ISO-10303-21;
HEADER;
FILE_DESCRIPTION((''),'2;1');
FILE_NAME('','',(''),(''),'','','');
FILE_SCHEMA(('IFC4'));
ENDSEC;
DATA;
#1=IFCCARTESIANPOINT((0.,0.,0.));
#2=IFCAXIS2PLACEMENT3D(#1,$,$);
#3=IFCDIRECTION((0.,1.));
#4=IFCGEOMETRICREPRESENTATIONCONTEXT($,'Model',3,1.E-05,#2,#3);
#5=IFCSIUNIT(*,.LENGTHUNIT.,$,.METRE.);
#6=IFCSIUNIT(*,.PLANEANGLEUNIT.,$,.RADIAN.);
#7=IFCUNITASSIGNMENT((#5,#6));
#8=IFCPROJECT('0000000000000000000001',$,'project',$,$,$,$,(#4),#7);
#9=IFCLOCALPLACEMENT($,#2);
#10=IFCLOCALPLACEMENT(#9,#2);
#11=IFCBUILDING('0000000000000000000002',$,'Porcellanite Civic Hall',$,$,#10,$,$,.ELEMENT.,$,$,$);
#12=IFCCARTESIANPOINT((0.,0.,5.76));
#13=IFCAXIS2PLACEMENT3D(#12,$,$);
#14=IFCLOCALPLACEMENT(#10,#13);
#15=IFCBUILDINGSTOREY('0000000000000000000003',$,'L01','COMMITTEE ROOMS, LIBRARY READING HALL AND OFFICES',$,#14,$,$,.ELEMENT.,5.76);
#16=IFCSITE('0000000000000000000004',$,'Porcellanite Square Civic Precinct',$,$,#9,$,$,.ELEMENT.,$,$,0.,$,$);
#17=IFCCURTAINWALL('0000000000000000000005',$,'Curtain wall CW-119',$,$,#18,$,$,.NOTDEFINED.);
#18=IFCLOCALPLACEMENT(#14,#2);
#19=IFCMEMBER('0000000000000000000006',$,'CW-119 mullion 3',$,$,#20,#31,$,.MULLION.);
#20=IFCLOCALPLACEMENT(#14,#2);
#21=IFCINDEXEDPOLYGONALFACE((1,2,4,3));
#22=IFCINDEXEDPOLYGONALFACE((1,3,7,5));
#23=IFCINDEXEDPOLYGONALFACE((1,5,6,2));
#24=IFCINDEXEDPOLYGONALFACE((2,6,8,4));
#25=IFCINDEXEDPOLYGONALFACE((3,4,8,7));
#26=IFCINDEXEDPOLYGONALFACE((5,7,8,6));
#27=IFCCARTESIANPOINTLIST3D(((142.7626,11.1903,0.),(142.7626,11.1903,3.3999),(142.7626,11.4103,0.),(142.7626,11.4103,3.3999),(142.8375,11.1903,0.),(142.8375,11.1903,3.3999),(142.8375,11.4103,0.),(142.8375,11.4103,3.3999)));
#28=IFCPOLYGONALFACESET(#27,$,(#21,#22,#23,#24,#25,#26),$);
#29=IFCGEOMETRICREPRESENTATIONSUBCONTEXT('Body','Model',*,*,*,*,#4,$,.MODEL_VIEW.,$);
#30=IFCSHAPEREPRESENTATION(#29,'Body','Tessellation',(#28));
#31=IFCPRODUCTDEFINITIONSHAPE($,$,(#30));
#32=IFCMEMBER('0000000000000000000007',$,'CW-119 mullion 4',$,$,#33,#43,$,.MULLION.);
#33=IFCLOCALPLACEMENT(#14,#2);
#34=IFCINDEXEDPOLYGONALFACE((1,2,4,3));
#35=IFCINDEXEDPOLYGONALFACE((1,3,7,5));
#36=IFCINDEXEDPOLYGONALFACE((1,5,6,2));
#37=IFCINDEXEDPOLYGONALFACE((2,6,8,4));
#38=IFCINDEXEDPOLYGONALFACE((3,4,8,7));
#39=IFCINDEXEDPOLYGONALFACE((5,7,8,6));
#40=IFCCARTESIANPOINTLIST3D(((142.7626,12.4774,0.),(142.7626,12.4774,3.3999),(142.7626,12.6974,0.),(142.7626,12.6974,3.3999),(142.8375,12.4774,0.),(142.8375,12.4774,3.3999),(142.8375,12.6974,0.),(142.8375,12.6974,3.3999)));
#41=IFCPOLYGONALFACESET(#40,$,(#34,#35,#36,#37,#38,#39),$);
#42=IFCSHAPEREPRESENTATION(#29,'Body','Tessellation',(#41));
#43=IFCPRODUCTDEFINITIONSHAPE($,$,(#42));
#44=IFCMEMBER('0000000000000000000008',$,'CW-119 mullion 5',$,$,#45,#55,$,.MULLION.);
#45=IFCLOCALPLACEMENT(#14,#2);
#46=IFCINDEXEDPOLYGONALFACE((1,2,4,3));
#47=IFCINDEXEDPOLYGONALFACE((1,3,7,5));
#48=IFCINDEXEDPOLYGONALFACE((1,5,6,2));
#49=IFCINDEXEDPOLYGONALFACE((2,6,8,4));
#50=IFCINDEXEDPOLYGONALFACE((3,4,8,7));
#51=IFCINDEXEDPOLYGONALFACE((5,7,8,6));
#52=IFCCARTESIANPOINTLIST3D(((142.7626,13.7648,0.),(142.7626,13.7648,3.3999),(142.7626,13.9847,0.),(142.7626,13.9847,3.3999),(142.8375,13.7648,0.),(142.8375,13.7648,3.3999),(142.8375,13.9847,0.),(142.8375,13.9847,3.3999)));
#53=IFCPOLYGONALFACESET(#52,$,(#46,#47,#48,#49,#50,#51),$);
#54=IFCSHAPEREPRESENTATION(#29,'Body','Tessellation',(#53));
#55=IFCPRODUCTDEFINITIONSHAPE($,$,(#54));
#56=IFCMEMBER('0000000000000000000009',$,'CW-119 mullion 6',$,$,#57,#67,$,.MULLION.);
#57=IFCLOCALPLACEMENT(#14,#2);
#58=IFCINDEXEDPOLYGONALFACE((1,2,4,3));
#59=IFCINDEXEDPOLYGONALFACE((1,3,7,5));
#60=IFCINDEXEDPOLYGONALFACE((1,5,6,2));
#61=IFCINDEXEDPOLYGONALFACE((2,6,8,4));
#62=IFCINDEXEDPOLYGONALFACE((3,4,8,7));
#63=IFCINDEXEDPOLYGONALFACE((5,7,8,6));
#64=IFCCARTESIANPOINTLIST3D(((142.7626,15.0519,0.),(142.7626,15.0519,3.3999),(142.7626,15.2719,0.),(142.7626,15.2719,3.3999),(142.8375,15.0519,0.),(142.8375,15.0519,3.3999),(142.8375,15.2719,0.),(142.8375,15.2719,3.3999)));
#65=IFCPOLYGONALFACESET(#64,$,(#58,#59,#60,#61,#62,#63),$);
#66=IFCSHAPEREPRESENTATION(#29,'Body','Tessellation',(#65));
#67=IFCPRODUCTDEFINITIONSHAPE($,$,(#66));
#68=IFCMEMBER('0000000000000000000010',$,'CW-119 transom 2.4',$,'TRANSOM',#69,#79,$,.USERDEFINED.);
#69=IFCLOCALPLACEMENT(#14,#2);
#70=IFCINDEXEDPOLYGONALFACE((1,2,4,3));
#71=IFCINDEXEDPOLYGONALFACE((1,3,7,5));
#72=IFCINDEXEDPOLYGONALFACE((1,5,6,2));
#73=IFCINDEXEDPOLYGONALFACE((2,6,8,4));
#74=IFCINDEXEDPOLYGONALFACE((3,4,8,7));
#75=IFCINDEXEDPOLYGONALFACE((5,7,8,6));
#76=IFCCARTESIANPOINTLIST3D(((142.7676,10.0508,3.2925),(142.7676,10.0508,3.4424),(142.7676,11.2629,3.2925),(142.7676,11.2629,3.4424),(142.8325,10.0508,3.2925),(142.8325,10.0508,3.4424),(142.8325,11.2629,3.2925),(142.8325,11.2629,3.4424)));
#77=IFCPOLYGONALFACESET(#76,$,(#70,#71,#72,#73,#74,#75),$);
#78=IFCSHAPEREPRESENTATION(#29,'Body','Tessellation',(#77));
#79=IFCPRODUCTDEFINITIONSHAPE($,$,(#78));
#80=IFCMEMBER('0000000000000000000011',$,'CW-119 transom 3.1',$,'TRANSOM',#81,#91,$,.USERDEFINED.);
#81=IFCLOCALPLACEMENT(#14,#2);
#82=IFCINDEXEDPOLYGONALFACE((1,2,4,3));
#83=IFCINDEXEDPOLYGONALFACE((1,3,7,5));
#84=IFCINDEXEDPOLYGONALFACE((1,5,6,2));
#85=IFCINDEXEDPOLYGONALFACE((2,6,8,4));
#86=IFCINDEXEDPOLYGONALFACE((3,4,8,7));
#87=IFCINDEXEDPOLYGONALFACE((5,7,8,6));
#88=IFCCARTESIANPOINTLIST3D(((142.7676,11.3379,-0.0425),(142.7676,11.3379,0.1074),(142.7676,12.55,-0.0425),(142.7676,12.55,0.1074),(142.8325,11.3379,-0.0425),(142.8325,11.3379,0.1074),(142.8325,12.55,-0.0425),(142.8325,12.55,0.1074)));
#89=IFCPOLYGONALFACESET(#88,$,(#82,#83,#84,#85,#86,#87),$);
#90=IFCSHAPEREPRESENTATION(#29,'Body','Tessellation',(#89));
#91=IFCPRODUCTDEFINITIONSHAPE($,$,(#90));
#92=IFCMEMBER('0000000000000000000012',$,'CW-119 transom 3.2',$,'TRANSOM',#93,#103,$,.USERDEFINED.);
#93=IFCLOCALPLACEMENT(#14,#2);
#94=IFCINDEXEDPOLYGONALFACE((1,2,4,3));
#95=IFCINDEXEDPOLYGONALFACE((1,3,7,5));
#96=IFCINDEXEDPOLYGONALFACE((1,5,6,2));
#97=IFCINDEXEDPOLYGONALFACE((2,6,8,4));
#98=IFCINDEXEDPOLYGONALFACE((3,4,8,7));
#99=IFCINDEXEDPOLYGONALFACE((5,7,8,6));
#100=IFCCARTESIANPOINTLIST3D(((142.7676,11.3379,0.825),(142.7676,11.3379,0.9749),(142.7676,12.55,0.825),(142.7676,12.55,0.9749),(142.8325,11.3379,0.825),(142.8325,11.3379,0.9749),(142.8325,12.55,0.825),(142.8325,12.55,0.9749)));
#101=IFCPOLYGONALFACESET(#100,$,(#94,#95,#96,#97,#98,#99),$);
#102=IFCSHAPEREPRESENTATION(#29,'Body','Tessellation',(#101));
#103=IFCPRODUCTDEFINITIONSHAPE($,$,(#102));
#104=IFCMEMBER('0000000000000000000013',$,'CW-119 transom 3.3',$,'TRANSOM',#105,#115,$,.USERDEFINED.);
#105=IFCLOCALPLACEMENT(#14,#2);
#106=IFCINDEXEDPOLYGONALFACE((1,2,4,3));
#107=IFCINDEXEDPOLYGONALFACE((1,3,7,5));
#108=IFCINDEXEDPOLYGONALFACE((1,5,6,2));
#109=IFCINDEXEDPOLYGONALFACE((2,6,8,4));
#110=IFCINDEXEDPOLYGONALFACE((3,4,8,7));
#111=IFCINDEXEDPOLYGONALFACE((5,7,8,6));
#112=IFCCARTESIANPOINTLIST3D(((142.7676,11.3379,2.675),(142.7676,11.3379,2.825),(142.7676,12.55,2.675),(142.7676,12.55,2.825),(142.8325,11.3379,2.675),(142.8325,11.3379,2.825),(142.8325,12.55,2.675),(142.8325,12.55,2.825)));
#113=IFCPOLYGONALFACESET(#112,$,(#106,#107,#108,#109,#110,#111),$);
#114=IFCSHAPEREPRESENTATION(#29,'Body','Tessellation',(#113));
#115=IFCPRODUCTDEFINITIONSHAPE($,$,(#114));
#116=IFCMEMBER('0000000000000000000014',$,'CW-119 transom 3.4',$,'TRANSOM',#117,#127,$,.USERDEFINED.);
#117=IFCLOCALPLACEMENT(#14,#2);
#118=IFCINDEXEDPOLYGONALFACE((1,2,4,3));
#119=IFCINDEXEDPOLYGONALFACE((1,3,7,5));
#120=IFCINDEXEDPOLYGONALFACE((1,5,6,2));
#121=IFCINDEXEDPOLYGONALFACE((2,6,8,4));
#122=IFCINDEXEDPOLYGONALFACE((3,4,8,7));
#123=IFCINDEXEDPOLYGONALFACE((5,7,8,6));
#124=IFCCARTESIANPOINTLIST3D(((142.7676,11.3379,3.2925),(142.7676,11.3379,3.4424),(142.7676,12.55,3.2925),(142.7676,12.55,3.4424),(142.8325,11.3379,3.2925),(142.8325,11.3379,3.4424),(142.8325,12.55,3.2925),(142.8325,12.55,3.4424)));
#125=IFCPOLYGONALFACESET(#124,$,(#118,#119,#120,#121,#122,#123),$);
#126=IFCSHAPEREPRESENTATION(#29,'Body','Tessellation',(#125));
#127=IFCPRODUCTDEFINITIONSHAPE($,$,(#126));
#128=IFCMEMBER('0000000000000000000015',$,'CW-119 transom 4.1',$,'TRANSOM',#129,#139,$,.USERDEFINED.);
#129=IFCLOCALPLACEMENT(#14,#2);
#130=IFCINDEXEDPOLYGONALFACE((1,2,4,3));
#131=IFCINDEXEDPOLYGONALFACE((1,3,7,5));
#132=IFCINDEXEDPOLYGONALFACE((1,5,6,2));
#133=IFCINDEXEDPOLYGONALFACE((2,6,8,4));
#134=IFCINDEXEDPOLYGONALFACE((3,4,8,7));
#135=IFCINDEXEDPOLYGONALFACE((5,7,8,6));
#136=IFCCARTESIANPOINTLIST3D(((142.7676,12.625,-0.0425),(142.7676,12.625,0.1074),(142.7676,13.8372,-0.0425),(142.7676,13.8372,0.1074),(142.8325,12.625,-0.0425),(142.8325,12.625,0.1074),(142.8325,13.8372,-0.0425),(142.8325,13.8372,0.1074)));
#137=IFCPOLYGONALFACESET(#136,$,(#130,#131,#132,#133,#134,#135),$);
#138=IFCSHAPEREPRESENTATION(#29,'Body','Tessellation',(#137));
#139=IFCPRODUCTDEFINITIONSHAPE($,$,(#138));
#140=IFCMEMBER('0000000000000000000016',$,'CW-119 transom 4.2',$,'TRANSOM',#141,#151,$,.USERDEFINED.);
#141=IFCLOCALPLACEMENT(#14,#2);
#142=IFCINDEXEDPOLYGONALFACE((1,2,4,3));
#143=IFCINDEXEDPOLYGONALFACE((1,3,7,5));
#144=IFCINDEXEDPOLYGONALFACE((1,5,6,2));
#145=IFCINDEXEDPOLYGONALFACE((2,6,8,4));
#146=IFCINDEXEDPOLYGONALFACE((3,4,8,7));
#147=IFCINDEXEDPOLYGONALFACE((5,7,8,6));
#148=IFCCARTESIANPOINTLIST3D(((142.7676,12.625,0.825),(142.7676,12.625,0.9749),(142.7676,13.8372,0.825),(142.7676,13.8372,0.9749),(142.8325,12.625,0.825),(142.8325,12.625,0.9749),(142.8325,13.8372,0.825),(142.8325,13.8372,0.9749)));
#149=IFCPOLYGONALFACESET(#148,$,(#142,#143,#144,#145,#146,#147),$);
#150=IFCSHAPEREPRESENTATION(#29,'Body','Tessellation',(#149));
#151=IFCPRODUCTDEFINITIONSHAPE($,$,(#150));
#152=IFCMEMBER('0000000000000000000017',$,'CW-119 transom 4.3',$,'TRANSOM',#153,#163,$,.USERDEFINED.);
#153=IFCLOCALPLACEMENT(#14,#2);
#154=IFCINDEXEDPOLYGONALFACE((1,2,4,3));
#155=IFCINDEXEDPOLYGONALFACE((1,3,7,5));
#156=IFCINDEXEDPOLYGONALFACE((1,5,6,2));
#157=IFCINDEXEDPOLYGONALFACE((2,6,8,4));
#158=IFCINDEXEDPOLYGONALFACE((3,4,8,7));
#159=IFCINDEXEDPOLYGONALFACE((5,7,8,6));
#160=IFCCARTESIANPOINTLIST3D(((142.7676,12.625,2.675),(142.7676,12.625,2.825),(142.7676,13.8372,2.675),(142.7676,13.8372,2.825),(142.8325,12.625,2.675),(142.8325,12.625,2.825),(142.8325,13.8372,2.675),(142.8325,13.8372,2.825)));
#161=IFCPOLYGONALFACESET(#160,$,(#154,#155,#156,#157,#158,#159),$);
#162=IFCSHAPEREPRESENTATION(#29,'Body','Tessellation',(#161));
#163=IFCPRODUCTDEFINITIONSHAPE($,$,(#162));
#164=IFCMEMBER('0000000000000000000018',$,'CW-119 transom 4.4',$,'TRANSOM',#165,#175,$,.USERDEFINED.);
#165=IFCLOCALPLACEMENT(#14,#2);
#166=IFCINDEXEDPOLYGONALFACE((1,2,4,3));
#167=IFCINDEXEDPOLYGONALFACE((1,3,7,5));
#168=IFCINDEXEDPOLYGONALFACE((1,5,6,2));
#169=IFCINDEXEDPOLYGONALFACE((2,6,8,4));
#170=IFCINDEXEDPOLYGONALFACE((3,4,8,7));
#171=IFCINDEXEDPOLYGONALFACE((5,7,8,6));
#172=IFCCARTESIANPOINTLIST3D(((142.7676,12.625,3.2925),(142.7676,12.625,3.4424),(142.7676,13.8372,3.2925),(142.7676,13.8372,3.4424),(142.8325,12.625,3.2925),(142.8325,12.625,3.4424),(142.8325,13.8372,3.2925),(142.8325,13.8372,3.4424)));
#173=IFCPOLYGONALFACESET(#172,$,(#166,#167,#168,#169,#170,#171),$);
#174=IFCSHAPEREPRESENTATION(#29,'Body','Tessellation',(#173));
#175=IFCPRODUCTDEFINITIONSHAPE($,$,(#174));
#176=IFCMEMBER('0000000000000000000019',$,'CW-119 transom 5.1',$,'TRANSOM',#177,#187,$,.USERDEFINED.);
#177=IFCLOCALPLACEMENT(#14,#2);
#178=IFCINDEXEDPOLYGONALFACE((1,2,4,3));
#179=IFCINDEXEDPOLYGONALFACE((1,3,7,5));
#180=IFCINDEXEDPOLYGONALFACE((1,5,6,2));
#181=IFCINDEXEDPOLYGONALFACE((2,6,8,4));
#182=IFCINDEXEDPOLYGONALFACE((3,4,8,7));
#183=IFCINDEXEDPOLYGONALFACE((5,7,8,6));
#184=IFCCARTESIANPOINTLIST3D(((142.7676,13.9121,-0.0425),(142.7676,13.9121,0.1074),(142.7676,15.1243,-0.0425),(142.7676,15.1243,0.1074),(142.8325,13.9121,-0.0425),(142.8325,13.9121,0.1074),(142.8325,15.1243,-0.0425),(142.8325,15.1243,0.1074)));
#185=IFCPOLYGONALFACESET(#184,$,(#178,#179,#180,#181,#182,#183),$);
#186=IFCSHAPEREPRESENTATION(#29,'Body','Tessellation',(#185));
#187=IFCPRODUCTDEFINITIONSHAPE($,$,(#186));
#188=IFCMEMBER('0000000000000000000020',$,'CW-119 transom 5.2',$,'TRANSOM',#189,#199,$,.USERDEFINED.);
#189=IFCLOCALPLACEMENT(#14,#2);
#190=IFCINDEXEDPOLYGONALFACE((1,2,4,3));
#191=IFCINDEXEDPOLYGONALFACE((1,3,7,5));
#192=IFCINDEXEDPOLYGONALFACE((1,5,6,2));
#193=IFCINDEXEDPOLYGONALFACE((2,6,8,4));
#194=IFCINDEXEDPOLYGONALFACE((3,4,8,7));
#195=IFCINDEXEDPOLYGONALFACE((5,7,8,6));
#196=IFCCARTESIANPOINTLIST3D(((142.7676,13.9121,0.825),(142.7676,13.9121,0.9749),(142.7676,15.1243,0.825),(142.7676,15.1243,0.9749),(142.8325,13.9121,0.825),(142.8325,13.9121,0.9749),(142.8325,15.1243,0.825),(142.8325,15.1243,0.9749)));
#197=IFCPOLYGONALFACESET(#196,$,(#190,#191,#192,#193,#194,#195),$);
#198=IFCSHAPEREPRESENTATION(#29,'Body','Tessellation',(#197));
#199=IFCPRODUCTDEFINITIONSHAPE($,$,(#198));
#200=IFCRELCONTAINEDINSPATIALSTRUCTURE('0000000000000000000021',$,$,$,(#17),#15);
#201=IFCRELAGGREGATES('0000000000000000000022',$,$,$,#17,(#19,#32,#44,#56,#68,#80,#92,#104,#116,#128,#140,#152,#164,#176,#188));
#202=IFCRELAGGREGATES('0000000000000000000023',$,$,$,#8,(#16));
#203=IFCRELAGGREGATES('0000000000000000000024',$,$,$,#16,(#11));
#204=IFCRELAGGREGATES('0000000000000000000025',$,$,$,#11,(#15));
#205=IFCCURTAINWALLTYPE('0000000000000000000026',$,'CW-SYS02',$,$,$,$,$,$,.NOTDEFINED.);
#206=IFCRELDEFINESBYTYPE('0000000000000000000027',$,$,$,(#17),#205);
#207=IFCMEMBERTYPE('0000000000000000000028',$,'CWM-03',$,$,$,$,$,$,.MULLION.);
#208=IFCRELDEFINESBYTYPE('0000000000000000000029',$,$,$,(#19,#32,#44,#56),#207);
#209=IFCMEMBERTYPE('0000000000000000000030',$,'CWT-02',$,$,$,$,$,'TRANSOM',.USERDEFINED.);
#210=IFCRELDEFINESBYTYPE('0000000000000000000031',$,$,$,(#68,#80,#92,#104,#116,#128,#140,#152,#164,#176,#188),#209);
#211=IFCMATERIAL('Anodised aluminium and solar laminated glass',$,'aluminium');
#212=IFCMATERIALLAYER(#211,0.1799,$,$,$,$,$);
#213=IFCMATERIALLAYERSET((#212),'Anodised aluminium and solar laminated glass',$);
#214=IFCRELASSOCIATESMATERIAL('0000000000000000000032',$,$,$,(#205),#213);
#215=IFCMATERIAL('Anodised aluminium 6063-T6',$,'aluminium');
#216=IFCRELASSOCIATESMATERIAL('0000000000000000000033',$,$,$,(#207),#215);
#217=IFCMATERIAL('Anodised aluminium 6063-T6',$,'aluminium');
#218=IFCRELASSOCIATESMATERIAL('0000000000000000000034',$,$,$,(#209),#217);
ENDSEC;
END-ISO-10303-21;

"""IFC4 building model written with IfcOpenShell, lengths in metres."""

from ifc_helpers import new_model, si_unit, direction, frame, origin, origin_2d, place, context, subcontext, project, spatial, rectangle, extrude, material, layer, layer_set, material_profile, profile_set, type_object, element, aggregate, save


model = new_model("IFC4")

# Units and contexts
model_context = context("Model", 3, precision=1e-05, world=origin(), true_north=direction((0.0, 1.0)))
body_context = subcontext(model_context, "Body", "Model", "MODEL_VIEW")
ifc_project = project(units=[si_unit("LENGTHUNIT", "METRE"), si_unit("PLANEANGLEUNIT", "RADIAN")], contexts=[model_context])

# Site, building, storey
site_placement = place(None, origin())
site = spatial("IfcSite", under=ifc_project, at=site_placement, Name="Porcellanite Square Civic Precinct", CompositionType="ELEMENT", RefElevation=0.0)
building_placement = place(site_placement, origin())
building = spatial("IfcBuilding", under=site, at=building_placement, Name="Porcellanite Civic Hall", CompositionType="ELEMENT")
storey_placement = place(building_placement, frame((0.0, 0.0, 5.76)))
storey = spatial("IfcBuildingStorey", under=building, at=storey_placement, Name="L01", Description="COMMITTEE ROOMS, LIBRARY READING HALL AND OFFICES", CompositionType="ELEMENT", Elevation=5.76)

# Curtain wall, members
ifc_material_1 = material(Name="Anodised aluminium and solar laminated glass", Category="aluminium")
ifc_layer_1 = layer(ifc_material_1, 0.1799)
ifc_layer_set_1 = layer_set([ifc_layer_1], Name="Anodised aluminium and solar laminated glass")
curtain_wall_type = type_object("IfcCurtainWallType", Name="CW-SYS02", PredefinedType="NOTDEFINED", material=ifc_layer_set_1)
curtain_wall_placement = place(storey_placement, origin())
curtain_wall = element("IfcCurtainWall", 1, at=curtain_wall_placement, inside=storey, type_object=curtain_wall_type, Name="Curtain wall CW-119", PredefinedType="NOTDEFINED")
ifc_material_2 = material(Name="Anodised aluminium 6063-T6", Category="aluminium")
ifc_material_profile_1 = material_profile(ifc_material_2, rectangle(XDim=0.075, YDim=0.22, at=origin_2d()), Name="AL-75x220")
ifc_profile_set_1 = profile_set([ifc_material_profile_1], Name="Anodised aluminium 6063-T6")
member_type_1 = type_object("IfcMemberType", Name="CWM-03", PredefinedType="MULLION", material=ifc_profile_set_1)
member_1_placement = place(storey_placement, frame((142.8, 11.3003, 0.0), z_axis=(0.0, 0.0, 1.0), x_axis=(-1.0, 0.0, 0.0)))
member_1 = element("IfcMember", 2, at=member_1_placement, type_object=member_type_1, Name="CW-119 mullion 3", PredefinedType="MULLION", context=body_context, shape_type="SweptSolid", body=[
    extrude(rectangle(XDim=0.075, YDim=0.22, at=origin_2d()), origin(), (0.0, 0.0, 1.0), 3.3999),
])
member_2_placement = place(storey_placement, frame((142.8, 12.5874, 0.0), z_axis=(0.0, 0.0, 1.0), x_axis=(-1.0, 0.0, 0.0)))
member_2 = element("IfcMember", 3, at=member_2_placement, type_object=member_type_1, Name="CW-119 mullion 4", PredefinedType="MULLION", context=body_context, shape_type="SweptSolid", body=[
    extrude(rectangle(XDim=0.075, YDim=0.22, at=origin_2d()), origin(), (0.0, 0.0, 1.0), 3.3999),
])
member_3_placement = place(storey_placement, frame((142.8, 13.8748, 0.0), z_axis=(0.0, 0.0, 1.0), x_axis=(-1.0, 0.0, 0.0)))
member_3 = element("IfcMember", 4, at=member_3_placement, type_object=member_type_1, Name="CW-119 mullion 5", PredefinedType="MULLION", context=body_context, shape_type="SweptSolid", body=[
    extrude(rectangle(XDim=0.075, YDim=0.22, at=origin_2d()), origin(), (0.0, 0.0, 1.0), 3.3999),
])
member_4_placement = place(storey_placement, frame((142.8, 15.1619, 0.0), z_axis=(0.0, 0.0, 1.0), x_axis=(-1.0, 0.0, 0.0)))
member_4 = element("IfcMember", 5, at=member_4_placement, type_object=member_type_1, Name="CW-119 mullion 6", PredefinedType="MULLION", context=body_context, shape_type="SweptSolid", body=[
    extrude(rectangle(XDim=0.075, YDim=0.22, at=origin_2d()), origin(), (0.0, 0.0, 1.0), 3.3999),
])
ifc_material_3 = material(Name="Anodised aluminium 6063-T6", Category="aluminium")
ifc_material_profile_2 = material_profile(ifc_material_3, rectangle(XDim=0.0649, YDim=0.1499, at=origin_2d()), Name="AL-65x150")
ifc_profile_set_2 = profile_set([ifc_material_profile_2], Name="Anodised aluminium 6063-T6")
member_type_2 = type_object("IfcMemberType", Name="CWT-02", ElementType="TRANSOM", PredefinedType="USERDEFINED", material=ifc_profile_set_2)
member_5_placement = place(storey_placement, frame((142.8, 10.0508, 3.3674), z_axis=(0.0, 1.0, 0.0), x_axis=(-1.0, 0.0, 0.0)))
member_5 = element("IfcMember", 6, at=member_5_placement, type_object=member_type_2, Name="CW-119 transom 2.4", ObjectType="TRANSOM", PredefinedType="USERDEFINED", context=body_context, shape_type="SweptSolid", body=[
    extrude(rectangle(XDim=0.0649, YDim=0.1499, at=origin_2d()), origin(), (0.0, 0.0, 1.0), 1.2122),
])
member_6_placement = place(storey_placement, frame((142.8, 11.3379, 0.0325), z_axis=(0.0, 1.0, 0.0), x_axis=(-1.0, 0.0, 0.0)))
member_6 = element("IfcMember", 7, at=member_6_placement, type_object=member_type_2, Name="CW-119 transom 3.1", ObjectType="TRANSOM", PredefinedType="USERDEFINED", context=body_context, shape_type="SweptSolid", body=[
    extrude(rectangle(XDim=0.0649, YDim=0.1499, at=origin_2d()), origin(), (0.0, 0.0, 1.0), 1.2122),
])
member_7_placement = place(storey_placement, frame((142.8, 11.3379, 0.8999), z_axis=(0.0, 1.0, 0.0), x_axis=(-1.0, 0.0, 0.0)))
member_7 = element("IfcMember", 8, at=member_7_placement, type_object=member_type_2, Name="CW-119 transom 3.2", ObjectType="TRANSOM", PredefinedType="USERDEFINED", context=body_context, shape_type="SweptSolid", body=[
    extrude(rectangle(XDim=0.0649, YDim=0.1499, at=origin_2d()), origin(), (0.0, 0.0, 1.0), 1.2122),
])
member_8_placement = place(storey_placement, frame((142.8, 11.3379, 2.75), z_axis=(0.0, 1.0, 0.0), x_axis=(-1.0, 0.0, 0.0)))
member_8 = element("IfcMember", 9, at=member_8_placement, type_object=member_type_2, Name="CW-119 transom 3.3", ObjectType="TRANSOM", PredefinedType="USERDEFINED", context=body_context, shape_type="SweptSolid", body=[
    extrude(rectangle(XDim=0.0649, YDim=0.1499, at=origin_2d()), origin(), (0.0, 0.0, 1.0), 1.2122),
])
member_9_placement = place(storey_placement, frame((142.8, 11.3379, 3.3674), z_axis=(0.0, 1.0, 0.0), x_axis=(-1.0, 0.0, 0.0)))
member_9 = element("IfcMember", 10, at=member_9_placement, type_object=member_type_2, Name="CW-119 transom 3.4", ObjectType="TRANSOM", PredefinedType="USERDEFINED", context=body_context, shape_type="SweptSolid", body=[
    extrude(rectangle(XDim=0.0649, YDim=0.1499, at=origin_2d()), origin(), (0.0, 0.0, 1.0), 1.2122),
])
member_10_placement = place(storey_placement, frame((142.8, 12.625, 0.0325), z_axis=(0.0, 1.0, 0.0), x_axis=(-1.0, 0.0, 0.0)))
member_10 = element("IfcMember", 11, at=member_10_placement, type_object=member_type_2, Name="CW-119 transom 4.1", ObjectType="TRANSOM", PredefinedType="USERDEFINED", context=body_context, shape_type="SweptSolid", body=[
    extrude(rectangle(XDim=0.0649, YDim=0.1499, at=origin_2d()), origin(), (0.0, 0.0, 1.0), 1.2122),
])
member_11_placement = place(storey_placement, frame((142.8, 12.625, 0.8999), z_axis=(0.0, 1.0, 0.0), x_axis=(-1.0, 0.0, 0.0)))
member_11 = element("IfcMember", 12, at=member_11_placement, type_object=member_type_2, Name="CW-119 transom 4.2", ObjectType="TRANSOM", PredefinedType="USERDEFINED", context=body_context, shape_type="SweptSolid", body=[
    extrude(rectangle(XDim=0.0649, YDim=0.1499, at=origin_2d()), origin(), (0.0, 0.0, 1.0), 1.2122),
])
member_12_placement = place(storey_placement, frame((142.8, 12.625, 2.75), z_axis=(0.0, 1.0, 0.0), x_axis=(-1.0, 0.0, 0.0)))
member_12 = element("IfcMember", 13, at=member_12_placement, type_object=member_type_2, Name="CW-119 transom 4.3", ObjectType="TRANSOM", PredefinedType="USERDEFINED", context=body_context, shape_type="SweptSolid", body=[
    extrude(rectangle(XDim=0.0649, YDim=0.1499, at=origin_2d()), origin(), (0.0, 0.0, 1.0), 1.2122),
])
member_13_placement = place(storey_placement, frame((142.8, 12.625, 3.3674), z_axis=(0.0, 1.0, 0.0), x_axis=(-1.0, 0.0, 0.0)))
member_13 = element("IfcMember", 14, at=member_13_placement, type_object=member_type_2, Name="CW-119 transom 4.4", ObjectType="TRANSOM", PredefinedType="USERDEFINED", context=body_context, shape_type="SweptSolid", body=[
    extrude(rectangle(XDim=0.0649, YDim=0.1499, at=origin_2d()), origin(), (0.0, 0.0, 1.0), 1.2122),
])
member_14_placement = place(storey_placement, frame((142.8, 13.9121, 0.0325), z_axis=(0.0, 1.0, 0.0), x_axis=(-1.0, 0.0, 0.0)))
member_14 = element("IfcMember", 15, at=member_14_placement, type_object=member_type_2, Name="CW-119 transom 5.1", ObjectType="TRANSOM", PredefinedType="USERDEFINED", context=body_context, shape_type="SweptSolid", body=[
    extrude(rectangle(XDim=0.0649, YDim=0.1499, at=origin_2d()), origin(), (0.0, 0.0, 1.0), 1.2122),
])
member_15_placement = place(storey_placement, frame((142.8, 13.9121, 0.8999), z_axis=(0.0, 1.0, 0.0), x_axis=(-1.0, 0.0, 0.0)))
member_15 = element("IfcMember", 16, at=member_15_placement, type_object=member_type_2, Name="CW-119 transom 5.2", ObjectType="TRANSOM", PredefinedType="USERDEFINED", context=body_context, shape_type="SweptSolid", body=[
    extrude(rectangle(XDim=0.0649, YDim=0.1499, at=origin_2d()), origin(), (0.0, 0.0, 1.0), 1.2122),
])
aggregate(curtain_wall, [member_1, member_2, member_3, member_4, member_5, member_6, member_7, member_8, member_9, member_10, member_11, member_12, member_13, member_14, member_15])

save(model, "model.ifc")
